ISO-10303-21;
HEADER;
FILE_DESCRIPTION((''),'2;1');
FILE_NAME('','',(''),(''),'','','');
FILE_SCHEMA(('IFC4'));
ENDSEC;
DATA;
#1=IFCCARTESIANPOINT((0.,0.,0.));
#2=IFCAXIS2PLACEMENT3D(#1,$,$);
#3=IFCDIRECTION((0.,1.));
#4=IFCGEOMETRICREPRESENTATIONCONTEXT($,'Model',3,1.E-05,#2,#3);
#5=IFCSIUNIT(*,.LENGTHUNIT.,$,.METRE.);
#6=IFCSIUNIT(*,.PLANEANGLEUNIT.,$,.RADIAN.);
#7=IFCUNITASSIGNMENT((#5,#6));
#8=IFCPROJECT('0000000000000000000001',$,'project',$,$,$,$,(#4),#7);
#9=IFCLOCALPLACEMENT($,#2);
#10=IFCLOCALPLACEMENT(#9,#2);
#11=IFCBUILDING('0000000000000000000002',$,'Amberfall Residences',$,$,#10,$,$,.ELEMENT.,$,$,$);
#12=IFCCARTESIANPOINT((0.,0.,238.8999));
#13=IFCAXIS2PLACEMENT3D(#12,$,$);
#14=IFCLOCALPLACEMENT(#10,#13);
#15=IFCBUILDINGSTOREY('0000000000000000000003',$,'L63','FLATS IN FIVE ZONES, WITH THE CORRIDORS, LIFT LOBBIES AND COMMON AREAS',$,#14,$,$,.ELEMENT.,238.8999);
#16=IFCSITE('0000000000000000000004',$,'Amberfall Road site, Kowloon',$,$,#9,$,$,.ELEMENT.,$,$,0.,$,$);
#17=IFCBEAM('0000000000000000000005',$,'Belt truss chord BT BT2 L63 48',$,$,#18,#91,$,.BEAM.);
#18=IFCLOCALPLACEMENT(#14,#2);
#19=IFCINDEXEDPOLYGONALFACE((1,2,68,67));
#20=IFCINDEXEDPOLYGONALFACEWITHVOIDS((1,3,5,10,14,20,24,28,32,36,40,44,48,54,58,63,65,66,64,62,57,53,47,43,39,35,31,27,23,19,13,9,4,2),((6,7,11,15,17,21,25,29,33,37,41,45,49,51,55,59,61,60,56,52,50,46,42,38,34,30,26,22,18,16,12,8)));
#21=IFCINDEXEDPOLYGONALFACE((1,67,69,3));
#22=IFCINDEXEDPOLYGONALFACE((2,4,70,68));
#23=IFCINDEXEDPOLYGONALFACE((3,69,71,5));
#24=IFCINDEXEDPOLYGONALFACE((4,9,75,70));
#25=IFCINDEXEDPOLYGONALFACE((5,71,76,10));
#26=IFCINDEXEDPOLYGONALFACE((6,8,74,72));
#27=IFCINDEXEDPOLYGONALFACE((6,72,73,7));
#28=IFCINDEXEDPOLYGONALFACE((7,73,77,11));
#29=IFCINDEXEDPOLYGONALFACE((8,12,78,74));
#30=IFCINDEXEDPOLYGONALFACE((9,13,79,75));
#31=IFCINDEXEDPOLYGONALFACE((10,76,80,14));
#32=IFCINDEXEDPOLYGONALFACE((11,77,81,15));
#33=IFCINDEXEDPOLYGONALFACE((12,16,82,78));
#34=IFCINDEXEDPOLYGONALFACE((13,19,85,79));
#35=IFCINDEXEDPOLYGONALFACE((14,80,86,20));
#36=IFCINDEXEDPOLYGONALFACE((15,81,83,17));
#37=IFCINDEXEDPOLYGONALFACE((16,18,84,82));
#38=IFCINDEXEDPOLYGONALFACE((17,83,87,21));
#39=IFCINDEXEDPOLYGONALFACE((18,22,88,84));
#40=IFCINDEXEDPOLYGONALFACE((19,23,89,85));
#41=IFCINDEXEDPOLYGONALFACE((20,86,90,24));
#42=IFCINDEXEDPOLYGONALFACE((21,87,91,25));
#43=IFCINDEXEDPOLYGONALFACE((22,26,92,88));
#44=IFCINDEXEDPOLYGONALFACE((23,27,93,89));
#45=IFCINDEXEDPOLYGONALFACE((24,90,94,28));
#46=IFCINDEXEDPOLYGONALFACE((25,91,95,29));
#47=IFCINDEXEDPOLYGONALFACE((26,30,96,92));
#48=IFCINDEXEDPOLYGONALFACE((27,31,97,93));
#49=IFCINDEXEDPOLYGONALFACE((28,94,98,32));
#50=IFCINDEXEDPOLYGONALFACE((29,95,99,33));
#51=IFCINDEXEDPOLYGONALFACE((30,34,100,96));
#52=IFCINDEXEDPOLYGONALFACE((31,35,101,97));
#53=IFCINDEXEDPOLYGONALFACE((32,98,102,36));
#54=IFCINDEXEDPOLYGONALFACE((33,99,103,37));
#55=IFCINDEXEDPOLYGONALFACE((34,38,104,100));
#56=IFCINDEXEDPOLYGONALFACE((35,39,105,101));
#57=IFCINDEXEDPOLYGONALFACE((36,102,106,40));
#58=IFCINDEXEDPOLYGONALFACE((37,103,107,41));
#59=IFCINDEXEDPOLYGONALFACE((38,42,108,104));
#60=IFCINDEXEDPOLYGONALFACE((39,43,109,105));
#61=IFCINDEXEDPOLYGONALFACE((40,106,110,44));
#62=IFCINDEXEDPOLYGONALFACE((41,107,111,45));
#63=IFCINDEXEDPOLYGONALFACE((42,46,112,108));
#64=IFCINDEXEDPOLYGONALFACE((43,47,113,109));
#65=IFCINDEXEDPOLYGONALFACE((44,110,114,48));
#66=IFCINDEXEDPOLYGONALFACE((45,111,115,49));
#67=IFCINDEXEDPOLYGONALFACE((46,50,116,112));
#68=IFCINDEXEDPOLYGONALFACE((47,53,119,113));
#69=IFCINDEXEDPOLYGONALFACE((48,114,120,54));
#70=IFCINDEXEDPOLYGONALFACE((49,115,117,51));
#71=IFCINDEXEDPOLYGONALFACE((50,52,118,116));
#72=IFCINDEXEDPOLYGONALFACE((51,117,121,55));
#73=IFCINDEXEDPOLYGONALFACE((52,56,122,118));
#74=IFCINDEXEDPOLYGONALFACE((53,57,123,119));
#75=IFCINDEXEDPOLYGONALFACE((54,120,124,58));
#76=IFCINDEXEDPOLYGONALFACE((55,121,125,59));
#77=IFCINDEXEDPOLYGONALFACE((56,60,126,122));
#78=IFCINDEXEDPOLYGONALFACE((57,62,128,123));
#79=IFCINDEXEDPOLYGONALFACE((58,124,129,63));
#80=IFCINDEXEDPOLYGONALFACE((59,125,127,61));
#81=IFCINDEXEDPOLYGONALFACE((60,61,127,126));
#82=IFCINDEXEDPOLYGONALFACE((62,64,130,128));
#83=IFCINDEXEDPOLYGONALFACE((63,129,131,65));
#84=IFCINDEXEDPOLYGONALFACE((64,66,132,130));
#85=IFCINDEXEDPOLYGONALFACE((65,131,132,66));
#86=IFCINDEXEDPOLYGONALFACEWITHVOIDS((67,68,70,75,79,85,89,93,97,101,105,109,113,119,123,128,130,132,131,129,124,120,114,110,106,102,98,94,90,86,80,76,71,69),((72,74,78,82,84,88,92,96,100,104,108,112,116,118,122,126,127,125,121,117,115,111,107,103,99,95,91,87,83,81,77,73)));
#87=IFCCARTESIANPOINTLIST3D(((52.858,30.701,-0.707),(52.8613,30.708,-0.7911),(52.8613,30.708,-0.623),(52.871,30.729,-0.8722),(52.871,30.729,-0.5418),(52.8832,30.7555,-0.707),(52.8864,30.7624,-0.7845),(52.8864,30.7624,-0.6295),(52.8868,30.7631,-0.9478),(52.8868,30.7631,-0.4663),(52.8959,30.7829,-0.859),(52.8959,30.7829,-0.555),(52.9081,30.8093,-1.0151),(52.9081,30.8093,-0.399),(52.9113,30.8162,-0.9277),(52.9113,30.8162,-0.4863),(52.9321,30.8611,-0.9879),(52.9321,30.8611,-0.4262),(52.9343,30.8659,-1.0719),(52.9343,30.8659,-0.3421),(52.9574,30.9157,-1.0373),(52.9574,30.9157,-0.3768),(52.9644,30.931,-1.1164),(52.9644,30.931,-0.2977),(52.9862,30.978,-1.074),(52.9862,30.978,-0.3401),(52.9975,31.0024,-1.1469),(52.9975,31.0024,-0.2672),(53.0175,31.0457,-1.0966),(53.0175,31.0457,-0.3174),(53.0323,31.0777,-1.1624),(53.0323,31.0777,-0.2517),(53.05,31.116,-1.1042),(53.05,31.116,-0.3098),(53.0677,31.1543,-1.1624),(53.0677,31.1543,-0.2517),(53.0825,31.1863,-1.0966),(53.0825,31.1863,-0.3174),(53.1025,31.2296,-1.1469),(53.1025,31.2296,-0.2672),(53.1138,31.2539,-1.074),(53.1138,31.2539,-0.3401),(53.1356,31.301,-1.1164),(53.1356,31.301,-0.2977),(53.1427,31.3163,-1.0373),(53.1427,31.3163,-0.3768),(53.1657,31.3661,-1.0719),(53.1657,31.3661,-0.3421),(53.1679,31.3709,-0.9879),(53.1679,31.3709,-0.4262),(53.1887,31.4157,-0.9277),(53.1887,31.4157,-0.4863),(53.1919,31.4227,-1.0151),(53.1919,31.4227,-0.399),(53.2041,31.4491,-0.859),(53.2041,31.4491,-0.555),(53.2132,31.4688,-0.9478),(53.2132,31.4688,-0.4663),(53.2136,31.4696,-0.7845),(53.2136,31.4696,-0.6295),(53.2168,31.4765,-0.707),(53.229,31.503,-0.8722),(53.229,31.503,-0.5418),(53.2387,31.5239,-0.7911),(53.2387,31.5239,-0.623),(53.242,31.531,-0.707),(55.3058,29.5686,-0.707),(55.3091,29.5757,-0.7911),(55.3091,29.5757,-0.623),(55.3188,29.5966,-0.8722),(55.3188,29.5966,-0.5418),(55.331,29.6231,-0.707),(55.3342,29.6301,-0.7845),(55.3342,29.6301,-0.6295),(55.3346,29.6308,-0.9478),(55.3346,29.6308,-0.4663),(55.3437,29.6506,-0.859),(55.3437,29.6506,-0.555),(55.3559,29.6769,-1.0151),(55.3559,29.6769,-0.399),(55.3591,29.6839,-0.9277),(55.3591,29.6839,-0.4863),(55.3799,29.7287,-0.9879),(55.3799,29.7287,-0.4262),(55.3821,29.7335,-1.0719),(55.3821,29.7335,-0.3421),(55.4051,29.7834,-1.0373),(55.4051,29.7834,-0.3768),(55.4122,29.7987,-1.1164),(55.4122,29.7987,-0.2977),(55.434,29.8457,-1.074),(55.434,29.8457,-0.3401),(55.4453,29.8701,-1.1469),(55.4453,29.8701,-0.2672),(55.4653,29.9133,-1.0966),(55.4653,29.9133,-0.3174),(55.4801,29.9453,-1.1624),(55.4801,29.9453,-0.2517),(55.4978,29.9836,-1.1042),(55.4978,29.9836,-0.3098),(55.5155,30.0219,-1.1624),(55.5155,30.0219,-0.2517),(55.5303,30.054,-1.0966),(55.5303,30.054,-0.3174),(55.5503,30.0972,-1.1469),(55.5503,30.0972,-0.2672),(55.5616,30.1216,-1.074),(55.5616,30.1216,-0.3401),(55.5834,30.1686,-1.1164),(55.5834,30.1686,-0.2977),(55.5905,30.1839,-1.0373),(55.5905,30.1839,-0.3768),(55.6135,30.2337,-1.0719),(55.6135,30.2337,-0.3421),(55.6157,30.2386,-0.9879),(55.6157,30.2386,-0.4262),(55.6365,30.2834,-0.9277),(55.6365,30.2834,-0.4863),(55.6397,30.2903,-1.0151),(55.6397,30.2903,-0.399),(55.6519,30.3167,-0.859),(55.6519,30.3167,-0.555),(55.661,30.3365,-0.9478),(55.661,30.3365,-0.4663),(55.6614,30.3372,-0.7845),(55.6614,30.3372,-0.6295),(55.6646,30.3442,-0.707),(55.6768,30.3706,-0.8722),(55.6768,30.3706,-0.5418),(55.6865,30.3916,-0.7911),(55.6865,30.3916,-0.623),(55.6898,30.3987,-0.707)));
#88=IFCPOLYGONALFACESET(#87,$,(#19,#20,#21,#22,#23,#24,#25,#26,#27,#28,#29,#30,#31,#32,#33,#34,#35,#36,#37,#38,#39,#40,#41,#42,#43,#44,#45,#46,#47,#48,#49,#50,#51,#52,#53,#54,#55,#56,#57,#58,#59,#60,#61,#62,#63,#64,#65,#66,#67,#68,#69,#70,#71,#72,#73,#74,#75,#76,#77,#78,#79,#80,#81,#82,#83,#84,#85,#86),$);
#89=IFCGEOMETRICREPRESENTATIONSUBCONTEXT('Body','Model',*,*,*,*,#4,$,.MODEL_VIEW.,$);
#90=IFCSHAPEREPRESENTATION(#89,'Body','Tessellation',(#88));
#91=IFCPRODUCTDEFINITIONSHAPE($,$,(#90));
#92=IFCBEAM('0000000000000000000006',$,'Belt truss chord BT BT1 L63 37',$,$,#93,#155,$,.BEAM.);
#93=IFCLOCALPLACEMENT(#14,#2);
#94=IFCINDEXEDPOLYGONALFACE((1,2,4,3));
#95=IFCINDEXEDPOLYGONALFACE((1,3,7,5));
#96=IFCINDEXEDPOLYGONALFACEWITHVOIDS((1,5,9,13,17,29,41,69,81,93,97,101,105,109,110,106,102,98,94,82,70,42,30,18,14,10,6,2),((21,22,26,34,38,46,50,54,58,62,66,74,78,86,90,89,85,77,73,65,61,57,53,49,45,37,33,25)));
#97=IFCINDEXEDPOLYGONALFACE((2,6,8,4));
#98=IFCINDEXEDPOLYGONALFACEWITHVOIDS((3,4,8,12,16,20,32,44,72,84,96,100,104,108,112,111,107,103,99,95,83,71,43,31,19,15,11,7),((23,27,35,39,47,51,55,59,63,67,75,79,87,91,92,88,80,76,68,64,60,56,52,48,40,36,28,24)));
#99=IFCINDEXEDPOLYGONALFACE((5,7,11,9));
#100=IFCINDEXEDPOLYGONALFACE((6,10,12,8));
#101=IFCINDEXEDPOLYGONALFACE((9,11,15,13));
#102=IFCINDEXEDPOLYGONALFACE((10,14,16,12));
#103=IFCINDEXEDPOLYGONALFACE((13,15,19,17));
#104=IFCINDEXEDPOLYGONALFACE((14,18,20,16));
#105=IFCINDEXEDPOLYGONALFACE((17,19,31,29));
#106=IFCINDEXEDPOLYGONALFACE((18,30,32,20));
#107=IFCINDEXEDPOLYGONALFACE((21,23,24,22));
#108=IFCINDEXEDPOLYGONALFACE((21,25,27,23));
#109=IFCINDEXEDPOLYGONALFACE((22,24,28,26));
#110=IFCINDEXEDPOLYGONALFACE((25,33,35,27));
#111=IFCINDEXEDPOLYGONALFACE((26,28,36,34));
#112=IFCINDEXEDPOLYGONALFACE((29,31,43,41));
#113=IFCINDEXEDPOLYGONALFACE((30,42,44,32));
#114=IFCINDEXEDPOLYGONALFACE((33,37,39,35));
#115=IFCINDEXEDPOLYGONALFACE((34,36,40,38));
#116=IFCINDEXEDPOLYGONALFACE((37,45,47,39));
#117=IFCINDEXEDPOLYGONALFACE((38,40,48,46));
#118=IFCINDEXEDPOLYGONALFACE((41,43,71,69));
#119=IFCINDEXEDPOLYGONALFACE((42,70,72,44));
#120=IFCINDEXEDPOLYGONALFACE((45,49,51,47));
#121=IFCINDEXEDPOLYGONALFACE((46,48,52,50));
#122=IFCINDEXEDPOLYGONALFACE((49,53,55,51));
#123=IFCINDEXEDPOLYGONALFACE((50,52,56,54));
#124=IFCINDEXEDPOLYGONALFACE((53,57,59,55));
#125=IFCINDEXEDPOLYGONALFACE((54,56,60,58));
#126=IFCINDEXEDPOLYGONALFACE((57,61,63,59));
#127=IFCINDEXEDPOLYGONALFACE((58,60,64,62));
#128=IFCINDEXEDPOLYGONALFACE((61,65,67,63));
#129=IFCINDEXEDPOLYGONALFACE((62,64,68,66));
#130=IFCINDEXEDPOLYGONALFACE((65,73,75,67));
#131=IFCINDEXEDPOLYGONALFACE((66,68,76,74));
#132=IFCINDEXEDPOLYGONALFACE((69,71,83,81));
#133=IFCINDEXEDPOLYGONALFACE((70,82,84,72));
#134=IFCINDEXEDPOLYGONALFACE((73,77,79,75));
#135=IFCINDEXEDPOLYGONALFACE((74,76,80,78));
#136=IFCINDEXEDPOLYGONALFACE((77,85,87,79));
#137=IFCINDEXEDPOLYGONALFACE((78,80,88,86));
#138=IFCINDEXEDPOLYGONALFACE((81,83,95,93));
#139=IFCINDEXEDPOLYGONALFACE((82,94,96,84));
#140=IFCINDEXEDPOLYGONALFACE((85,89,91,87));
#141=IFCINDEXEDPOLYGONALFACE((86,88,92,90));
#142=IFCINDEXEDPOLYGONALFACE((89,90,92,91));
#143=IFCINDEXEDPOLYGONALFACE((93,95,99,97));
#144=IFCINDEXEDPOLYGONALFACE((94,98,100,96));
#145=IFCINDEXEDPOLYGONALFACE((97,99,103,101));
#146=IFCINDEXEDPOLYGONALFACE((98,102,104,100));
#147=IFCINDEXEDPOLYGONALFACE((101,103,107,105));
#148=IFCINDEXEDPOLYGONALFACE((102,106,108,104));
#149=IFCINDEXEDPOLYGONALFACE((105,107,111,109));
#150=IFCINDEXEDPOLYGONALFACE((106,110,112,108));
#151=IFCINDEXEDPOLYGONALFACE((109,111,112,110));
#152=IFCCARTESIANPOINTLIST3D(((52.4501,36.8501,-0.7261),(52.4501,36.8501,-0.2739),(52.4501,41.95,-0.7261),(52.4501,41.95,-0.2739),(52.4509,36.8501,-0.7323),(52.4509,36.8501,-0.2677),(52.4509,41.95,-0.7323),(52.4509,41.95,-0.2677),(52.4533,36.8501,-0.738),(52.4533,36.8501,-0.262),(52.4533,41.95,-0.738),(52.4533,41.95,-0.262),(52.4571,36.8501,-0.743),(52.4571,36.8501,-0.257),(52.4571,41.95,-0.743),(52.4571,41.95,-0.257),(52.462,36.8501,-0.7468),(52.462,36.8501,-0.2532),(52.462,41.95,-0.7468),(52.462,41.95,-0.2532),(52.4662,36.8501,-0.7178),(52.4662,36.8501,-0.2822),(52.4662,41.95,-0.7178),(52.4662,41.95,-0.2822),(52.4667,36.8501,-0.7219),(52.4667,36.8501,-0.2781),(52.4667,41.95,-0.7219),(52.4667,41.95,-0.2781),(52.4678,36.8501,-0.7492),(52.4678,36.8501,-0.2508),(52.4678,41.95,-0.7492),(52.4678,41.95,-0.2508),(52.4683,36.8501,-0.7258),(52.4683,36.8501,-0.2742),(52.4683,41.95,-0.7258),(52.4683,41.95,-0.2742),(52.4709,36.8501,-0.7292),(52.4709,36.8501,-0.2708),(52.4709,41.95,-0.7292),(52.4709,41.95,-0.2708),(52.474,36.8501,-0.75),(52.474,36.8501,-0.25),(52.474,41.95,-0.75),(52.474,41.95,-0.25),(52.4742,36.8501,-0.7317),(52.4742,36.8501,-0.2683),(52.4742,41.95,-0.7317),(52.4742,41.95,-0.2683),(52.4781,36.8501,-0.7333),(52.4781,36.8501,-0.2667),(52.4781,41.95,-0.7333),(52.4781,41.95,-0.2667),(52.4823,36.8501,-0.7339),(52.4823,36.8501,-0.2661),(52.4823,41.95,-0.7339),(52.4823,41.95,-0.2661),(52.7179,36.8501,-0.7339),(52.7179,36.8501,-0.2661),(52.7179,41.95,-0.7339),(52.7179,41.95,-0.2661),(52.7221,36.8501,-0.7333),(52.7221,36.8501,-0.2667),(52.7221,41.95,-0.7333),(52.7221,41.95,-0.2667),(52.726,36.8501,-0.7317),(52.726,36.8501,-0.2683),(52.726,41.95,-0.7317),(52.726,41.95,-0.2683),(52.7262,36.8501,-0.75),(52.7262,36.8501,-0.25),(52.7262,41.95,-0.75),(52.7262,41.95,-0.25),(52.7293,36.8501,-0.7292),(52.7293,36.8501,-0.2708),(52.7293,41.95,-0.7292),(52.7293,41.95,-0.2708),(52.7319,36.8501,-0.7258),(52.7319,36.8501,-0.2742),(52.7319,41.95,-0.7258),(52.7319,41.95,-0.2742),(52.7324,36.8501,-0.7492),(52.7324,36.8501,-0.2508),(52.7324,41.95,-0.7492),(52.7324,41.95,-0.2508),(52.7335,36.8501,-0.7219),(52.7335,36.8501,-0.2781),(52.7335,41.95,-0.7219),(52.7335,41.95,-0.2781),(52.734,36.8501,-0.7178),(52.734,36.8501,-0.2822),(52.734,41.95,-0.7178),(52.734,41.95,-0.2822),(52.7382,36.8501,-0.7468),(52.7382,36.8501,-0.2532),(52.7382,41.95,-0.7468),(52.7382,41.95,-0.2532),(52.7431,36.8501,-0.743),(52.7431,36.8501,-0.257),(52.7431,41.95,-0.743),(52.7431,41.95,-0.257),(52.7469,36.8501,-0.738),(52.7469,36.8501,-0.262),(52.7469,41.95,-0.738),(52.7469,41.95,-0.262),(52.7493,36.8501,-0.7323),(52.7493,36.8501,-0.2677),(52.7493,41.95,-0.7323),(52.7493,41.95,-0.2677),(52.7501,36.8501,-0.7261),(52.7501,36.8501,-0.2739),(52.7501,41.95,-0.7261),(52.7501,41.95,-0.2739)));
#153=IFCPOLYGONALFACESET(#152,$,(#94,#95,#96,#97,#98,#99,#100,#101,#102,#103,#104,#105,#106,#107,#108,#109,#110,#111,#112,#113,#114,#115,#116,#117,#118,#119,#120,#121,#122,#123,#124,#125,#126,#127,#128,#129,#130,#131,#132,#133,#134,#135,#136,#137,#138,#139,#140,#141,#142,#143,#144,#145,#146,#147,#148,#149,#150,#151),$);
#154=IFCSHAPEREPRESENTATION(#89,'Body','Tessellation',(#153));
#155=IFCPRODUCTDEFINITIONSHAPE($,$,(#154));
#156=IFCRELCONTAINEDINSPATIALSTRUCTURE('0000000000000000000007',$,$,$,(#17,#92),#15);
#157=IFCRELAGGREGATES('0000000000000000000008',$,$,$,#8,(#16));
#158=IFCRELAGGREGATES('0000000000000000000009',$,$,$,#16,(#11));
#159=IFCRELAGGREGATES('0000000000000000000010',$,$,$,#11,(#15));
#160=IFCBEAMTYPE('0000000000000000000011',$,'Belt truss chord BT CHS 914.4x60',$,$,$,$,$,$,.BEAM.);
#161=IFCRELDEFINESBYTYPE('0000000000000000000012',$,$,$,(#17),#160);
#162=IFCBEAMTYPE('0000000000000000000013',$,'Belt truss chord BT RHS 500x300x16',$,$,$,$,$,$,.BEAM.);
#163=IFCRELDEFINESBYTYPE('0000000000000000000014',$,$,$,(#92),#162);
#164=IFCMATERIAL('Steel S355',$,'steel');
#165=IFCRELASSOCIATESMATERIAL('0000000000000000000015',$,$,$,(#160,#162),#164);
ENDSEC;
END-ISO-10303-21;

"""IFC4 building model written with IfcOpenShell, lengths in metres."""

from ifc_helpers import new_model, si_unit, direction, frame, origin, origin_2d, place, context, subcontext, project, spatial, hollow_rectangle, hollow_circle, extrude, material, material_profile, profile_set, type_object, element, save


model = new_model("IFC4")

# Units and contexts
model_context = context("Model", 3, precision=1e-05, world=origin(), true_north=direction((0.0, 1.0)))
body_context = subcontext(model_context, "Body", "Model", "MODEL_VIEW")
ifc_project = project(units=[si_unit("LENGTHUNIT", "METRE"), si_unit("PLANEANGLEUNIT", "RADIAN")], contexts=[model_context])

# Site, building, storey
site_placement = place(None, origin())
site = spatial("IfcSite", under=ifc_project, at=site_placement, Name="Amberfall Road site, Kowloon", CompositionType="ELEMENT", RefElevation=0.0)
building_placement = place(site_placement, origin())
building = spatial("IfcBuilding", under=site, at=building_placement, Name="Amberfall Residences", CompositionType="ELEMENT")
storey_placement = place(building_placement, frame((0.0, 0.0, 238.8999)))
storey = spatial("IfcBuildingStorey", under=building, at=storey_placement, Name="L63", Description="FLATS IN FIVE ZONES, WITH THE CORRIDORS, LIFT LOBBIES AND COMMON AREAS", CompositionType="ELEMENT", Elevation=238.8999)

# Beams
ifc_material_1 = material(Name="Steel S355", Category="steel")
ifc_material_profile_1 = material_profile(ifc_material_1, hollow_circle(Radius=0.4573, WallThickness=0.0601, at=origin_2d()), Name="CHS 914.4x60")
ifc_profile_set_1 = profile_set([ifc_material_profile_1], Name="Steel S355")
beam_type_1 = type_object("IfcBeamType", Name="Belt truss chord BT CHS 914.4x60", PredefinedType="BEAM", material=ifc_profile_set_1)
beam_1_placement = place(storey_placement, frame((55.4978, 29.9836, -0.707), z_axis=(-0.907593, 0.41985, 0.0), x_axis=(-0.41985, -0.907593, 0.0)))
element("IfcBeam", 1, at=beam_1_placement, inside=storey, type_object=beam_type_1, Name="Belt truss chord BT BT2 L63 48", PredefinedType="BEAM", context=body_context, shape_type="SweptSolid", body=[
    extrude(hollow_circle(Radius=0.4573, WallThickness=0.0601, at=origin_2d()), origin(), (0.0, 0.0, 1.0), 2.697),
])
ifc_material_profile_2 = material_profile(ifc_material_1, hollow_rectangle(XDim=0.3, YDim=0.5, WallThickness=0.0161, InnerFilletRadius=0.0161, OuterFilletRadius=0.0239, at=origin_2d()), Name="RHS 500x300x16")
ifc_profile_set_2 = profile_set([ifc_material_profile_2], Name="Steel S355")
beam_type_2 = type_object("IfcBeamType", Name="Belt truss chord BT RHS 500x300x16", PredefinedType="BEAM", material=ifc_profile_set_2)
beam_2_placement = place(storey_placement, frame((52.6001, 36.8501, -0.5), z_axis=(0.0, 1.0, 0.0), x_axis=(-1.0, 0.0, 0.0)))
element("IfcBeam", 2, at=beam_2_placement, inside=storey, type_object=beam_type_2, Name="Belt truss chord BT BT1 L63 37", PredefinedType="BEAM", context=body_context, shape_type="SweptSolid", body=[
    extrude(hollow_rectangle(XDim=0.3, YDim=0.5, WallThickness=0.0161, InnerFilletRadius=0.0161, OuterFilletRadius=0.0239, at=origin_2d()), origin(), (0.0, 0.0, 1.0), 5.0999),
])

save(model, "model.ifc")
